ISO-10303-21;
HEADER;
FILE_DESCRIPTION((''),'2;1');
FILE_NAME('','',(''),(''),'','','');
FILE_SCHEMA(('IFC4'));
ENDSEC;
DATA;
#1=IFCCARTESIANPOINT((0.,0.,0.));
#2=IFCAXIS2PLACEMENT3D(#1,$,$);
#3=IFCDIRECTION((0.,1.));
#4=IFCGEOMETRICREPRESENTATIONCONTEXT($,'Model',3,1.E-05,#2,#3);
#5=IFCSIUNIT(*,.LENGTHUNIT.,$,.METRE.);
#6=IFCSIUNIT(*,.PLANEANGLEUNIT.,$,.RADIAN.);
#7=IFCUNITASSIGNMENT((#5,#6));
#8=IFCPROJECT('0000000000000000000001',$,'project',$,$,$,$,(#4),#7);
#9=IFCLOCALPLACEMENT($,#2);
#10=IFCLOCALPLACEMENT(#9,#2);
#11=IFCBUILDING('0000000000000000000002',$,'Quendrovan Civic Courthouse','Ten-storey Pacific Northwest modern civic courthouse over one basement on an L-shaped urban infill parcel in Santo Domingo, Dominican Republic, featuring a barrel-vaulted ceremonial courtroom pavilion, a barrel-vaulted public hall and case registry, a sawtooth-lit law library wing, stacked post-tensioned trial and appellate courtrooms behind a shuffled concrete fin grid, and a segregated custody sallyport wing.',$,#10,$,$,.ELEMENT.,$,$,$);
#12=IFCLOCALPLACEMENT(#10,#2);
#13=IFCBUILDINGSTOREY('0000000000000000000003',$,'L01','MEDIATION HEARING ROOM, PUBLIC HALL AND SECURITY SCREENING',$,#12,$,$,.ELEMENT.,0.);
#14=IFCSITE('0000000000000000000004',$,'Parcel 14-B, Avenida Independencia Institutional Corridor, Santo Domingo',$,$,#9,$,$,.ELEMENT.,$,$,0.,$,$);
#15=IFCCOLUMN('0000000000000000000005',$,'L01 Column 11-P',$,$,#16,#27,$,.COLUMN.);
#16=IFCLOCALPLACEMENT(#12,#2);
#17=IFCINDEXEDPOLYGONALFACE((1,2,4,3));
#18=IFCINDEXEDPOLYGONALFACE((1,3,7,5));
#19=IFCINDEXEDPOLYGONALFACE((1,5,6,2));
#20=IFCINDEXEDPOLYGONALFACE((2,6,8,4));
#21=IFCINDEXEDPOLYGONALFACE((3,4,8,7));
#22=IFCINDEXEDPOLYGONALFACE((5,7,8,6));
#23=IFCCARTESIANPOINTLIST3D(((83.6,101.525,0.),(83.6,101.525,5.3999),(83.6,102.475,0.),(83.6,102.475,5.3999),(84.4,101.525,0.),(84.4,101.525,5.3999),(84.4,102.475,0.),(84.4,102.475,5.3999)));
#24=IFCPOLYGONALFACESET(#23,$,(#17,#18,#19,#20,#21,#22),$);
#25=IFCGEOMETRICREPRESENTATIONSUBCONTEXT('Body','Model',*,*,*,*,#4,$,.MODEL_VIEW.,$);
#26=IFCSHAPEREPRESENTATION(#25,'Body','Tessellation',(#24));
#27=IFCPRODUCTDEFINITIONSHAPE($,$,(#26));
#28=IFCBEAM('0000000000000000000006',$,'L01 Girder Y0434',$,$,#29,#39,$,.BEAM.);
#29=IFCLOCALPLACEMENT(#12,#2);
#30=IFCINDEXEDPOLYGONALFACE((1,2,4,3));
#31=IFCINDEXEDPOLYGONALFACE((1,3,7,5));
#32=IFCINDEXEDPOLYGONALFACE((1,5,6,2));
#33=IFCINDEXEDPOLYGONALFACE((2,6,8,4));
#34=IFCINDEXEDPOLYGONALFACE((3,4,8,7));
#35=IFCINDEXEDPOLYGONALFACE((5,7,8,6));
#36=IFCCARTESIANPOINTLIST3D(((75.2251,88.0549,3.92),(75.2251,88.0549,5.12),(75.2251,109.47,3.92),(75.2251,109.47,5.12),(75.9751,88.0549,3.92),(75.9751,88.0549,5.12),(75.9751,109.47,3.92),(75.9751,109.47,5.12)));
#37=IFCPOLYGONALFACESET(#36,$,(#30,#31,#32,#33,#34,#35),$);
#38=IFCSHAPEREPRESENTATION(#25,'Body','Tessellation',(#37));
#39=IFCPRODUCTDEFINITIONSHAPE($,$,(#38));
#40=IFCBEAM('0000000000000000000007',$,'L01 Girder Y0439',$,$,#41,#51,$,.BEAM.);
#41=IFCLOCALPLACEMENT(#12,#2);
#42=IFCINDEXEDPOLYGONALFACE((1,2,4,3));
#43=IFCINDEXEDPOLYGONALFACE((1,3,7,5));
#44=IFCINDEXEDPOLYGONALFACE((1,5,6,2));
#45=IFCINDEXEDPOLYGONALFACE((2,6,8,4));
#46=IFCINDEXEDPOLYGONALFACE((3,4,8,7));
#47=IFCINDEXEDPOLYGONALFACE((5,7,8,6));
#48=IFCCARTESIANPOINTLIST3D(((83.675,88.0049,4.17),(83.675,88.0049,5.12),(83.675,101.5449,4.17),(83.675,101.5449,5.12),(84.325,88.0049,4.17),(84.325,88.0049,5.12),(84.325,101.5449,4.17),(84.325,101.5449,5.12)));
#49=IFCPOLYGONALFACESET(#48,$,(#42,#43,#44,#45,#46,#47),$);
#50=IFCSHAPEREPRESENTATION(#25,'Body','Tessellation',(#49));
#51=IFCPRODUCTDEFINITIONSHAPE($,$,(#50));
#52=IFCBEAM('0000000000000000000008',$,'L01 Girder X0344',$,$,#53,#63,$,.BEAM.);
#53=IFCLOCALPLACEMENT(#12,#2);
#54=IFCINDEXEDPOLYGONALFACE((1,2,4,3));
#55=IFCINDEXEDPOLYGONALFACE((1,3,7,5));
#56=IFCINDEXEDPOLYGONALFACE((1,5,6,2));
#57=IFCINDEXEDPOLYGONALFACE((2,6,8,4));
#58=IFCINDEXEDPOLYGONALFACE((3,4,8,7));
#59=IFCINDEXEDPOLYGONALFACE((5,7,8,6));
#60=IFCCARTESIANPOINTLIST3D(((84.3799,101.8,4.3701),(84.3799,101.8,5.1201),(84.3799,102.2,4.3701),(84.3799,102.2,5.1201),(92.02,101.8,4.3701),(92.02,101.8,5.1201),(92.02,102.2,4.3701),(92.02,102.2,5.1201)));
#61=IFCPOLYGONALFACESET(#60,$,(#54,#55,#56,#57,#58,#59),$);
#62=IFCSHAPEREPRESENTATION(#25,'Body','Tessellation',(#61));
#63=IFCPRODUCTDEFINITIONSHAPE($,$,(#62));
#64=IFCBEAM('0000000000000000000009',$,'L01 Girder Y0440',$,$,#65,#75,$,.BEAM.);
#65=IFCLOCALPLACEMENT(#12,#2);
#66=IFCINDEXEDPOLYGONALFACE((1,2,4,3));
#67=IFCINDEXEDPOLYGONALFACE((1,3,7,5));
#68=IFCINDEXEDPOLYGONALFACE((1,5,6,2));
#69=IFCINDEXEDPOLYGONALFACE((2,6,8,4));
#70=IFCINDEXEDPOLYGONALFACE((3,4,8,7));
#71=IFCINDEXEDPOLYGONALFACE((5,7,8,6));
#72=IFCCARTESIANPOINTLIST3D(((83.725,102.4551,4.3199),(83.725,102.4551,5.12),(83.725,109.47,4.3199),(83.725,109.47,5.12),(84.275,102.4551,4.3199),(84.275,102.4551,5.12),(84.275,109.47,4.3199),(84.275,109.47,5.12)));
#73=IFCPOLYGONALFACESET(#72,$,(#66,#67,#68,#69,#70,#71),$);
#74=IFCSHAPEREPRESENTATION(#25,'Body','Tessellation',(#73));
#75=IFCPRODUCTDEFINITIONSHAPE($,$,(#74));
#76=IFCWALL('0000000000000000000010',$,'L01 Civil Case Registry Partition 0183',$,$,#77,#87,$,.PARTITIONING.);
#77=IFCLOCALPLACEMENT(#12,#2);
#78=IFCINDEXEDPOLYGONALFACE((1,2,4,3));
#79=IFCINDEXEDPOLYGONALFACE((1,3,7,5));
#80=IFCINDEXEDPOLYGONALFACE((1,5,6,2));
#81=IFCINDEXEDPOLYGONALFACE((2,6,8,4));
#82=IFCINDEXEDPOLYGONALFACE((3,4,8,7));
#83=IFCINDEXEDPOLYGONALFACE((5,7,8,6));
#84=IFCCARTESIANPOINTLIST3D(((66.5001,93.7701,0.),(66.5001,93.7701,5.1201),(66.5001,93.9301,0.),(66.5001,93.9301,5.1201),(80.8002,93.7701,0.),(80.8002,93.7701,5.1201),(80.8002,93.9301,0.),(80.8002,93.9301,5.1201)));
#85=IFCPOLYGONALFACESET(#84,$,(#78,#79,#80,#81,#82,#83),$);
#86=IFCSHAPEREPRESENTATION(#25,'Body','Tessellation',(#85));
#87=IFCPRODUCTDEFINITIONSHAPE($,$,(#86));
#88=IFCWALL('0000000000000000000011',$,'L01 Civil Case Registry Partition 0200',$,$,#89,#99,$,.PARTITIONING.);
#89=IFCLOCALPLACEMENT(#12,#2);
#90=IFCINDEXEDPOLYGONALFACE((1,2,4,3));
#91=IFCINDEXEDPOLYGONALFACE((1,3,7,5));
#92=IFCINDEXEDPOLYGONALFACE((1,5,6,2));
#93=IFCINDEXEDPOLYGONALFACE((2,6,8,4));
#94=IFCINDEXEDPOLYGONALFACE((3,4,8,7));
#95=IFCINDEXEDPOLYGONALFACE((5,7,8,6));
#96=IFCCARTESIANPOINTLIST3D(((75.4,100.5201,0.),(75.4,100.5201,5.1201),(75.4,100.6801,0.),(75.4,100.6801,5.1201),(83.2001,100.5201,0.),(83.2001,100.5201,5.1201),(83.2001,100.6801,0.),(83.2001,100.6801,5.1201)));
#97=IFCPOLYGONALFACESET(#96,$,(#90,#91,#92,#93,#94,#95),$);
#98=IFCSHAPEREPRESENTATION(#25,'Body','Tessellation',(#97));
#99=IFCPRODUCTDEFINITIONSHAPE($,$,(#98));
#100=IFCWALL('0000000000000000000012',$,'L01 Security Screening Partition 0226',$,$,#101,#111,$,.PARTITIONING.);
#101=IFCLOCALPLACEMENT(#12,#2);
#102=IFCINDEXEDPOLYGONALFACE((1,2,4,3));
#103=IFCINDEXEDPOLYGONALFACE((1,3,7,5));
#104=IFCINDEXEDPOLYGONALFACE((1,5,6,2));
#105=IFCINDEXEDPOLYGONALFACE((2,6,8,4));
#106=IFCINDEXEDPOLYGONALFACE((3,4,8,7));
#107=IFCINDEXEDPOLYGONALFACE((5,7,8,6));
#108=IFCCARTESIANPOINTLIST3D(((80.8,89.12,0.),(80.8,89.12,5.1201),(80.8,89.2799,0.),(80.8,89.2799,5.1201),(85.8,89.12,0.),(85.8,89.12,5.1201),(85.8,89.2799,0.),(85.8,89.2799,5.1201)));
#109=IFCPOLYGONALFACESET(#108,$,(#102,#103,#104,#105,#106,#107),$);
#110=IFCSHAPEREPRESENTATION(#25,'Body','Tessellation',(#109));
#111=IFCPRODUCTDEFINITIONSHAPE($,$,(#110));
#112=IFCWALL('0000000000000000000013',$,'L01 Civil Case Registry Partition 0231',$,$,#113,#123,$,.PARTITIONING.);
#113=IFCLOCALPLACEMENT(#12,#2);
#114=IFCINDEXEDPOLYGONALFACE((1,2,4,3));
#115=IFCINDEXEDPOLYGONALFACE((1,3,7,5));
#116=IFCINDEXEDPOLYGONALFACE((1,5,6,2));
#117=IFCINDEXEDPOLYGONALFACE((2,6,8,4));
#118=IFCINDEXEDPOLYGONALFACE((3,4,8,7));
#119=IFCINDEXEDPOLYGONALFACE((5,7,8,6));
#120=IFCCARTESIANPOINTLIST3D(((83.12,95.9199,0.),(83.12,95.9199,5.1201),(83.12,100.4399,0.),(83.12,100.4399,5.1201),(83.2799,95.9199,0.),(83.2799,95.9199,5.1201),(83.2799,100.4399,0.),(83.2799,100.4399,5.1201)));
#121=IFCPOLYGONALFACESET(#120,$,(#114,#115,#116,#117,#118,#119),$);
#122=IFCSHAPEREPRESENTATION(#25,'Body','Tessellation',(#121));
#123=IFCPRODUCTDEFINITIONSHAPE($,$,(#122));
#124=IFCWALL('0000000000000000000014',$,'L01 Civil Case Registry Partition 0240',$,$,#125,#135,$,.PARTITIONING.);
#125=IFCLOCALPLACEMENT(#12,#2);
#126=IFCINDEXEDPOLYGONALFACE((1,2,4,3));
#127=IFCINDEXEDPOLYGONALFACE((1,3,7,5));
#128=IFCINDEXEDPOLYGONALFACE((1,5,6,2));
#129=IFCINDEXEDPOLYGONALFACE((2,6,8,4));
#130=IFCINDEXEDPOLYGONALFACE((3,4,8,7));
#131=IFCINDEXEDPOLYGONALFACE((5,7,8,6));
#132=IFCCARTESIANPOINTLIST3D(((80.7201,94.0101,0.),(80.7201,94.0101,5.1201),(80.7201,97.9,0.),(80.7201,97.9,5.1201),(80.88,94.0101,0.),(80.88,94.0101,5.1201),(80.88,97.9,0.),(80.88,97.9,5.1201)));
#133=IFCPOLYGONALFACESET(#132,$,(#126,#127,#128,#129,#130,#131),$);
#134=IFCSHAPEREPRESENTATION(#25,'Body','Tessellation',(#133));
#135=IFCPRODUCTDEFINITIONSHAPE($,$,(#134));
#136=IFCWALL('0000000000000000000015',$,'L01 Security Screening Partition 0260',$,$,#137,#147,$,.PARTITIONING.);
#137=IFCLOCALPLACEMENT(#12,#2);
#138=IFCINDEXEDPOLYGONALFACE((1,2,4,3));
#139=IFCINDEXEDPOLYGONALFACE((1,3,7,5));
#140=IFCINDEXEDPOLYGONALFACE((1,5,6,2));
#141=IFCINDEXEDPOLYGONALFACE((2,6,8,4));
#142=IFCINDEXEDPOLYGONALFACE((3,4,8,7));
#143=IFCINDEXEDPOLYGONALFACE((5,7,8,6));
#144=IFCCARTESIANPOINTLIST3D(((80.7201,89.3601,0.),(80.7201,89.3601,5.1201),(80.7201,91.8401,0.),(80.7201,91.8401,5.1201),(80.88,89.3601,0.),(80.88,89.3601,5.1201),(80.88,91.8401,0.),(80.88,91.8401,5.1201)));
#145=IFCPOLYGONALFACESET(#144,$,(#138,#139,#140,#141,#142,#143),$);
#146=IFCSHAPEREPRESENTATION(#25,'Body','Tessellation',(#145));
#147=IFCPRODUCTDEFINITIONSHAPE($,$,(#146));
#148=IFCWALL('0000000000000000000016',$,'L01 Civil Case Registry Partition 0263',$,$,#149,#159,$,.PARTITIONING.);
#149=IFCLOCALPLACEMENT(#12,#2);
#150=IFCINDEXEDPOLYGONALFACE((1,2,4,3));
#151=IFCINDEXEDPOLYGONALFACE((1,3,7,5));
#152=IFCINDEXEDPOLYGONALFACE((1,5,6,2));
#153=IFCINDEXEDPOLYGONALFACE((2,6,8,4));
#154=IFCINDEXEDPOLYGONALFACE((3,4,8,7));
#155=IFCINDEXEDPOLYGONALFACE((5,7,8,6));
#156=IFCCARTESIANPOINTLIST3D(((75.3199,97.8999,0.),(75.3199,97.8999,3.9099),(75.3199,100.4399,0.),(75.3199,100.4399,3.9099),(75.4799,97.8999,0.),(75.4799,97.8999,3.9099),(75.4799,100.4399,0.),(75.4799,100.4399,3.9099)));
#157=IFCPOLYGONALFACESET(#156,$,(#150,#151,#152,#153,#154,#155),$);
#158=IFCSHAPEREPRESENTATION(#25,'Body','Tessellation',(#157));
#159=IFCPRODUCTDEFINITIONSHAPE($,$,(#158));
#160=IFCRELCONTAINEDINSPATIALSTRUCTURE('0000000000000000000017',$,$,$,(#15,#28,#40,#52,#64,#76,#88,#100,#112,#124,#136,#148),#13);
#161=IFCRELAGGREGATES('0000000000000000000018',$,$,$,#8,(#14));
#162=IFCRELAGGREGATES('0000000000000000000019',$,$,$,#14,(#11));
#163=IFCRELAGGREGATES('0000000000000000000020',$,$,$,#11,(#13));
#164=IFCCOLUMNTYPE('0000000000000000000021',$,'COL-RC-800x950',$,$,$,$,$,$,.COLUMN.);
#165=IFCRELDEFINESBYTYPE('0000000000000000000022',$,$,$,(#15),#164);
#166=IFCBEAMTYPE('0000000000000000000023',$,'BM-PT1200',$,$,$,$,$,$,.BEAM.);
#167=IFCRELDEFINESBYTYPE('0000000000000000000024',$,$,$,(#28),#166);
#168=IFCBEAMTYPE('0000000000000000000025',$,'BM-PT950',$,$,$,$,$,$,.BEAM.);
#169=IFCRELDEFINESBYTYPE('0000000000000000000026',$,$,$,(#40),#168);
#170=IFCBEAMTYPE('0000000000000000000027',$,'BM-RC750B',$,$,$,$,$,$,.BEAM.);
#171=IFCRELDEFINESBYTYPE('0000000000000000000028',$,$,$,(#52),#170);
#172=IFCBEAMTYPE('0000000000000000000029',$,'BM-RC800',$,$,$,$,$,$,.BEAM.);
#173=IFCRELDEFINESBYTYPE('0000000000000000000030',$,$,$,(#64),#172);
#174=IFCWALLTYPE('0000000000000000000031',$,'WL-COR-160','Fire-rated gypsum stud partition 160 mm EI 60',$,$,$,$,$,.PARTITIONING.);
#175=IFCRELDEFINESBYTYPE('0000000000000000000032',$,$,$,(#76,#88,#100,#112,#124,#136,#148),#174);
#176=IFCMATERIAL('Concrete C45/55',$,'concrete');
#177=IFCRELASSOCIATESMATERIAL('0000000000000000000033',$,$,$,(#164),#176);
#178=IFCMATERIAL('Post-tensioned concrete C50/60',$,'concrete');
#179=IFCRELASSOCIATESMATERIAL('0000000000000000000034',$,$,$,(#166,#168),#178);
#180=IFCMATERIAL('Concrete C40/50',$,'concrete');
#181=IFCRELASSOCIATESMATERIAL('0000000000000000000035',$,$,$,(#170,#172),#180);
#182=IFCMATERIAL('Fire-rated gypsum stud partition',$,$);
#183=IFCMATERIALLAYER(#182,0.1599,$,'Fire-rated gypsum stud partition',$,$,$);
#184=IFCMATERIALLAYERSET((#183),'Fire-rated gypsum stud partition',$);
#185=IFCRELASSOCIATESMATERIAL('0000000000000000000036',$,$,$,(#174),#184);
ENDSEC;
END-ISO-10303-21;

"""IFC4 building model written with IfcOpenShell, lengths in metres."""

from ifc_helpers import new_model, si_unit, direction, frame, frame_2d, origin, origin_2d, place, context, subcontext, project, spatial, rectangle, extrude, material, layer, layer_set, material_profile, profile_set, type_object, element, save


model = new_model("IFC4")

# Units and contexts
model_context = context("Model", 3, precision=1e-05, world=origin(), true_north=direction((0.0, 1.0)))
body_context = subcontext(model_context, "Body", "Model", "MODEL_VIEW")
ifc_project = project(units=[si_unit("LENGTHUNIT", "METRE"), si_unit("PLANEANGLEUNIT", "RADIAN")], contexts=[model_context])

# Site, building, storey
site_placement = place(None, origin())
site = spatial("IfcSite", under=ifc_project, at=site_placement, Name="Parcel 14-B, Avenida Independencia Institutional Corridor, Santo Domingo", CompositionType="ELEMENT", RefElevation=0.0)
building_placement = place(site_placement, origin())
building = spatial("IfcBuilding", under=site, at=building_placement, Name="Quendrovan Civic Courthouse", Description="Ten-storey Pacific Northwest modern civic courthouse over one basement on an L-shaped urban infill parcel in Santo Domingo, Dominican Republic, featuring a barrel-vaulted ceremonial courtroom pavilion, a barrel-vaulted public hall and case registry, a sawtooth-lit law library wing, stacked post-tensioned trial and appellate courtrooms behind a shuffled concrete fin grid, and a segregated custody sallyport wing.", CompositionType="ELEMENT")
storey_placement = place(building_placement, origin())
storey = spatial("IfcBuildingStorey", under=building, at=storey_placement, Name="L01", Description="MEDIATION HEARING ROOM, PUBLIC HALL AND SECURITY SCREENING", CompositionType="ELEMENT", Elevation=0.0)

# Column
ifc_material_1 = material(Name="Concrete C45/55", Category="concrete")
ifc_material_profile_1 = material_profile(ifc_material_1, rectangle(XDim=0.8, YDim=0.95, at=origin_2d()), Name="RC-COL-800x950")
ifc_profile_set_1 = profile_set([ifc_material_profile_1], Name="Concrete C45/55")
column_type = type_object("IfcColumnType", Name="COL-RC-800x950", PredefinedType="COLUMN", material=ifc_profile_set_1)
column_placement = place(storey_placement, frame((84.0, 102.0, 0.0), z_axis=(0.0, 0.0, 1.0), x_axis=(1.0, 0.0, 0.0)))
element("IfcColumn", 1, at=column_placement, inside=storey, type_object=column_type, Name="L01 Column 11-P", PredefinedType="COLUMN", context=body_context, shape_type="SweptSolid", body=[
    extrude(rectangle(XDim=0.8, YDim=0.95, at=origin_2d()), origin(), (0.0, 0.0, 1.0), 5.3999),
])

# Beams
ifc_material_2 = material(Name="Post-tensioned concrete C50/60", Category="concrete")
ifc_material_profile_2 = material_profile(ifc_material_2, rectangle(XDim=0.75, YDim=1.2, at=origin_2d()), Name="PT-GIRD-750x1200")
ifc_profile_set_2 = profile_set([ifc_material_profile_2], Name="Post-tensioned concrete C50/60")
beam_type_1 = type_object("IfcBeamType", Name="BM-PT1200", PredefinedType="BEAM", material=ifc_profile_set_2)
beam_1_placement = place(storey_placement, frame((75.6001, 88.0549, 4.52), z_axis=(0.0, 1.0, 0.0), x_axis=(-1.0, 0.0, 0.0)))
element("IfcBeam", 2, at=beam_1_placement, inside=storey, type_object=beam_type_1, Name="L01 Girder Y0434", PredefinedType="BEAM", context=body_context, shape_type="SweptSolid", body=[
    extrude(rectangle(XDim=0.75, YDim=1.2, at=origin_2d()), origin(), (0.0, 0.0, 1.0), 21.415),
])
ifc_material_profile_3 = material_profile(ifc_material_2, rectangle(XDim=0.6499, YDim=0.95, at=origin_2d()), Name="PT-GIRD-650x950")
ifc_profile_set_3 = profile_set([ifc_material_profile_3], Name="Post-tensioned concrete C50/60")
beam_type_2 = type_object("IfcBeamType", Name="BM-PT950", PredefinedType="BEAM", material=ifc_profile_set_3)
beam_2_placement = place(storey_placement, frame((84.0, 88.0049, 4.645), z_axis=(0.0, 1.0, 0.0), x_axis=(-1.0, 0.0, 0.0)))
element("IfcBeam", 3, at=beam_2_placement, inside=storey, type_object=beam_type_2, Name="L01 Girder Y0439", PredefinedType="BEAM", context=body_context, shape_type="SweptSolid", body=[
    extrude(rectangle(XDim=0.6499, YDim=0.95, at=origin_2d()), origin(), (0.0, 0.0, 1.0), 13.54),
])
ifc_material_3 = material(Name="Concrete C40/50", Category="concrete")
ifc_material_profile_4 = material_profile(ifc_material_3, rectangle(XDim=0.3999, YDim=0.75, at=origin_2d()), Name="RC-BM-400x750")
ifc_profile_set_4 = profile_set([ifc_material_profile_4], Name="Concrete C40/50")
beam_type_3 = type_object("IfcBeamType", Name="BM-RC750B", PredefinedType="BEAM", material=ifc_profile_set_4)
beam_3_placement = place(storey_placement, frame((84.3799, 102.0, 4.7451), z_axis=(1.0, 0.0, 0.0), x_axis=(0.0, 1.0, 0.0)))
element("IfcBeam", 4, at=beam_3_placement, inside=storey, type_object=beam_type_3, Name="L01 Girder X0344", PredefinedType="BEAM", context=body_context, shape_type="SweptSolid", body=[
    extrude(rectangle(XDim=0.3999, YDim=0.75, at=origin_2d()), origin(), (0.0, 0.0, 1.0), 7.6401),
])
ifc_material_profile_5 = material_profile(ifc_material_3, rectangle(XDim=0.55, YDim=0.8, at=origin_2d()), Name="RC-BM-550x800")
ifc_profile_set_5 = profile_set([ifc_material_profile_5], Name="Concrete C40/50")
beam_type_4 = type_object("IfcBeamType", Name="BM-RC800", PredefinedType="BEAM", material=ifc_profile_set_5)
beam_4_placement = place(storey_placement, frame((84.0, 102.4551, 4.72), z_axis=(0.0, 1.0, 0.0), x_axis=(-1.0, 0.0, 0.0)))
element("IfcBeam", 5, at=beam_4_placement, inside=storey, type_object=beam_type_4, Name="L01 Girder Y0440", PredefinedType="BEAM", context=body_context, shape_type="SweptSolid", body=[
    extrude(rectangle(XDim=0.55, YDim=0.8, at=origin_2d()), origin(), (0.0, 0.0, 1.0), 7.0149),
])

# Walls
ifc_material_4 = material(Name="Fire-rated gypsum stud partition")
ifc_layer_1 = layer(ifc_material_4, 0.1599, Name="Fire-rated gypsum stud partition")
ifc_layer_set_1 = layer_set([ifc_layer_1], Name="Fire-rated gypsum stud partition")
wall_type_1 = type_object("IfcWallType", Name="WL-COR-160", Description="Fire-rated gypsum stud partition 160 mm EI 60", PredefinedType="PARTITIONING", material=ifc_layer_set_1)
wall_1_placement = place(storey_placement, frame((80.8, 93.8501, 0.0), z_axis=(0.0, 0.0, 1.0), x_axis=(-1.0, 0.0, 0.0)))
element("IfcWall", 6, at=wall_1_placement, inside=storey, type_object=wall_type_1, Name="L01 Civil Case Registry Partition 0183", PredefinedType="PARTITIONING", context=body_context, shape_type="SweptSolid", body=[
    extrude(rectangle(XDim=14.3, YDim=0.1599, at=frame_2d((7.1499, 0.0))), origin(), (0.0, 0.0, 1.0), 5.1201),
])
wall_2_placement = place(storey_placement, frame((83.2, 100.6001, 0.0), z_axis=(0.0, 0.0, 1.0), x_axis=(-1.0, 0.0, 0.0)))
element("IfcWall", 7, at=wall_2_placement, inside=storey, type_object=wall_type_1, Name="L01 Civil Case Registry Partition 0200", PredefinedType="PARTITIONING", context=body_context, shape_type="SweptSolid", body=[
    extrude(rectangle(XDim=7.8, YDim=0.1599, at=frame_2d((3.8999, 0.0))), origin(), (0.0, 0.0, 1.0), 5.1201),
])
wall_3_placement = place(storey_placement, frame((80.8, 89.2, 0.0), z_axis=(0.0, 0.0, 1.0), x_axis=(1.0, 0.0, 0.0)))
element("IfcWall", 8, at=wall_3_placement, inside=storey, type_object=wall_type_1, Name="L01 Security Screening Partition 0226", PredefinedType="PARTITIONING", context=body_context, shape_type="SweptSolid", body=[
    extrude(rectangle(XDim=5.0, YDim=0.1599, at=frame_2d((2.5, 0.0))), origin(), (0.0, 0.0, 1.0), 5.1201),
])
wall_4_placement = place(storey_placement, frame((83.2, 95.9199, 0.0), z_axis=(0.0, 0.0, 1.0), x_axis=(0.0, 1.0, 0.0)))
element("IfcWall", 9, at=wall_4_placement, inside=storey, type_object=wall_type_1, Name="L01 Civil Case Registry Partition 0231", PredefinedType="PARTITIONING", context=body_context, shape_type="SweptSolid", body=[
    extrude(rectangle(XDim=4.52, YDim=0.1599, at=frame_2d((2.26, 0.0))), origin(), (0.0, 0.0, 1.0), 5.1201),
])
wall_5_placement = place(storey_placement, frame((80.8, 97.8999, 0.0), z_axis=(0.0, 0.0, 1.0), x_axis=(0.0, -1.0, 0.0)))
element("IfcWall", 10, at=wall_5_placement, inside=storey, type_object=wall_type_1, Name="L01 Civil Case Registry Partition 0240", PredefinedType="PARTITIONING", context=body_context, shape_type="SweptSolid", body=[
    extrude(rectangle(XDim=3.8899, YDim=0.1599, at=frame_2d((1.9448, 0.0))), origin(), (0.0, 0.0, 1.0), 5.1201),
])
wall_6_placement = place(storey_placement, frame((80.8, 91.8401, 0.0), z_axis=(0.0, 0.0, 1.0), x_axis=(0.0, -1.0, 0.0)))
element("IfcWall", 11, at=wall_6_placement, inside=storey, type_object=wall_type_1, Name="L01 Security Screening Partition 0260", PredefinedType="PARTITIONING", context=body_context, shape_type="SweptSolid", body=[
    extrude(rectangle(XDim=2.48, YDim=0.1599, at=frame_2d((1.24, 0.0))), origin(), (0.0, 0.0, 1.0), 5.1201),
])
wall_7_placement = place(storey_placement, frame((75.3999, 100.4399, 0.0), z_axis=(0.0, 0.0, 1.0), x_axis=(0.0, -1.0, 0.0)))
element("IfcWall", 12, at=wall_7_placement, inside=storey, type_object=wall_type_1, Name="L01 Civil Case Registry Partition 0263", PredefinedType="PARTITIONING", context=body_context, shape_type="SweptSolid", body=[
    extrude(rectangle(XDim=2.54, YDim=0.1599, at=frame_2d((1.27, 0.0))), origin(), (0.0, 0.0, 1.0), 3.9099),
])

save(model, "model.ifc")
